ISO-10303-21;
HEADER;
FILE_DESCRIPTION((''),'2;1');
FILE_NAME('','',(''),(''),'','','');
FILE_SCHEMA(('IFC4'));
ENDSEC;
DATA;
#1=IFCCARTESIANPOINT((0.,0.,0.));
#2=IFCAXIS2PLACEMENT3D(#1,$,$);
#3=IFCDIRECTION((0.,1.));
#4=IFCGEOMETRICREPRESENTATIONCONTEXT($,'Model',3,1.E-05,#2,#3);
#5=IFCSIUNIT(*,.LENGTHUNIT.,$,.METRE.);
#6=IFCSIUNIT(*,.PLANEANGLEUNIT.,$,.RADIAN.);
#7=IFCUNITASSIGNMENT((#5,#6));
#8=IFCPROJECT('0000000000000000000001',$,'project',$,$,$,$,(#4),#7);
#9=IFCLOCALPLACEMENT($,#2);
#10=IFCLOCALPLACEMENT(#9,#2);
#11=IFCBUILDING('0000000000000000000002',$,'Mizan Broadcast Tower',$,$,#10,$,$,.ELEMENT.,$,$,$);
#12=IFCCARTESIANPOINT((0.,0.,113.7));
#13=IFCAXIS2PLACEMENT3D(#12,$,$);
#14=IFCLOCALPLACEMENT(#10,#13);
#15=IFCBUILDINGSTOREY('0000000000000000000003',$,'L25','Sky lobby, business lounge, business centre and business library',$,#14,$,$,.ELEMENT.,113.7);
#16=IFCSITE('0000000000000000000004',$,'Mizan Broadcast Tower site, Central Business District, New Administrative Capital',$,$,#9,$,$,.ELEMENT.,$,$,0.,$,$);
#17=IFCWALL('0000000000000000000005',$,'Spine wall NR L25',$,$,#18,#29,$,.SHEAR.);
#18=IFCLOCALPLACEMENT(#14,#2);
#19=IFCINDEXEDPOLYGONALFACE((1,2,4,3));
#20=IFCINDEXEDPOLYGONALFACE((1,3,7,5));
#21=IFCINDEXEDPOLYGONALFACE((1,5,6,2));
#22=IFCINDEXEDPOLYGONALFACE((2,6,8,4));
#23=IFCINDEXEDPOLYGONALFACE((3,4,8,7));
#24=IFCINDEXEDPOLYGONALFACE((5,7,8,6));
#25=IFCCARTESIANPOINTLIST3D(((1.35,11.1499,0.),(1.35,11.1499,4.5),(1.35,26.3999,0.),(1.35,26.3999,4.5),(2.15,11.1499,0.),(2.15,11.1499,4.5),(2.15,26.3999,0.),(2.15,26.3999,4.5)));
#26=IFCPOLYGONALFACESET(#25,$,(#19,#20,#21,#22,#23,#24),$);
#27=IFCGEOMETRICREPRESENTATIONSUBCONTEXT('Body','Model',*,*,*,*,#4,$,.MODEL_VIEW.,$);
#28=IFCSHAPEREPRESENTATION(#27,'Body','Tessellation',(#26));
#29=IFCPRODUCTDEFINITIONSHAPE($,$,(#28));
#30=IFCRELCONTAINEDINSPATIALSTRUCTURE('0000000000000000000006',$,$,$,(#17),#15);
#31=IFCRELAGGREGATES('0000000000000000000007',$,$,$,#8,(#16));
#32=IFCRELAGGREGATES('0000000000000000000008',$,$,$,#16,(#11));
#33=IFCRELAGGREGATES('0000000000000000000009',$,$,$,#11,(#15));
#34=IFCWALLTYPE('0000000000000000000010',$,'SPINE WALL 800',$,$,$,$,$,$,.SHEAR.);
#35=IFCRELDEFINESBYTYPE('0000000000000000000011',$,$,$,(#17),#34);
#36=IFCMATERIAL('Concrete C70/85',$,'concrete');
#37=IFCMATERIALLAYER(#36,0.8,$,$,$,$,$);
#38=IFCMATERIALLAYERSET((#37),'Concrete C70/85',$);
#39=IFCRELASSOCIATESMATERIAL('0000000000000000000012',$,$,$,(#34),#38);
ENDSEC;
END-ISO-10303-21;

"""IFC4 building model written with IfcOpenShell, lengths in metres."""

from ifc_helpers import new_model, si_unit, direction, frame, frame_2d, origin, place, context, subcontext, project, spatial, rectangle, extrude, material, layer, layer_set, type_object, element, save


model = new_model("IFC4")

# Units and contexts
model_context = context("Model", 3, precision=1e-05, world=origin(), true_north=direction((0.0, 1.0)))
body_context = subcontext(model_context, "Body", "Model", "MODEL_VIEW")
ifc_project = project(units=[si_unit("LENGTHUNIT", "METRE"), si_unit("PLANEANGLEUNIT", "RADIAN")], contexts=[model_context])

# Site, building, storey
site_placement = place(None, origin())
site = spatial("IfcSite", under=ifc_project, at=site_placement, Name="Mizan Broadcast Tower site, Central Business District, New Administrative Capital", CompositionType="ELEMENT", RefElevation=0.0)
building_placement = place(site_placement, origin())
building = spatial("IfcBuilding", under=site, at=building_placement, Name="Mizan Broadcast Tower", CompositionType="ELEMENT")
storey_placement = place(building_placement, frame((0.0, 0.0, 113.7)))
storey = spatial("IfcBuildingStorey", under=building, at=storey_placement, Name="L25", Description="Sky lobby, business lounge, business centre and business library", CompositionType="ELEMENT", Elevation=113.7)

# Wall
ifc_material_1 = material(Name="Concrete C70/85", Category="concrete")
ifc_layer_1 = layer(ifc_material_1, 0.8)
ifc_layer_set_1 = layer_set([ifc_layer_1], Name="Concrete C70/85")
wall_type_1 = type_object("IfcWallType", Name="SPINE WALL 800", PredefinedType="SHEAR", material=ifc_layer_set_1)
for number, where, z_axis, x_axis, name in (
    (1, (1.75, 11.1499, 0.0), (0.0, 0.0, 1.0), (0.0, 1.0, 0.0), "Spine wall NR L25"),
):
    element("IfcWall", number, at=place(storey_placement, frame(where, z_axis=z_axis, x_axis=x_axis)), inside=storey, type_object=wall_type_1, Name=name, PredefinedType="SHEAR", context=body_context, shape_type="SweptSolid", body=[
        extrude(rectangle(XDim=15.25, YDim=0.8, at=frame_2d((7.625, 0.0))), origin(), (0.0, 0.0, 1.0), 4.5),
    ])

save(model, "model.ifc")
